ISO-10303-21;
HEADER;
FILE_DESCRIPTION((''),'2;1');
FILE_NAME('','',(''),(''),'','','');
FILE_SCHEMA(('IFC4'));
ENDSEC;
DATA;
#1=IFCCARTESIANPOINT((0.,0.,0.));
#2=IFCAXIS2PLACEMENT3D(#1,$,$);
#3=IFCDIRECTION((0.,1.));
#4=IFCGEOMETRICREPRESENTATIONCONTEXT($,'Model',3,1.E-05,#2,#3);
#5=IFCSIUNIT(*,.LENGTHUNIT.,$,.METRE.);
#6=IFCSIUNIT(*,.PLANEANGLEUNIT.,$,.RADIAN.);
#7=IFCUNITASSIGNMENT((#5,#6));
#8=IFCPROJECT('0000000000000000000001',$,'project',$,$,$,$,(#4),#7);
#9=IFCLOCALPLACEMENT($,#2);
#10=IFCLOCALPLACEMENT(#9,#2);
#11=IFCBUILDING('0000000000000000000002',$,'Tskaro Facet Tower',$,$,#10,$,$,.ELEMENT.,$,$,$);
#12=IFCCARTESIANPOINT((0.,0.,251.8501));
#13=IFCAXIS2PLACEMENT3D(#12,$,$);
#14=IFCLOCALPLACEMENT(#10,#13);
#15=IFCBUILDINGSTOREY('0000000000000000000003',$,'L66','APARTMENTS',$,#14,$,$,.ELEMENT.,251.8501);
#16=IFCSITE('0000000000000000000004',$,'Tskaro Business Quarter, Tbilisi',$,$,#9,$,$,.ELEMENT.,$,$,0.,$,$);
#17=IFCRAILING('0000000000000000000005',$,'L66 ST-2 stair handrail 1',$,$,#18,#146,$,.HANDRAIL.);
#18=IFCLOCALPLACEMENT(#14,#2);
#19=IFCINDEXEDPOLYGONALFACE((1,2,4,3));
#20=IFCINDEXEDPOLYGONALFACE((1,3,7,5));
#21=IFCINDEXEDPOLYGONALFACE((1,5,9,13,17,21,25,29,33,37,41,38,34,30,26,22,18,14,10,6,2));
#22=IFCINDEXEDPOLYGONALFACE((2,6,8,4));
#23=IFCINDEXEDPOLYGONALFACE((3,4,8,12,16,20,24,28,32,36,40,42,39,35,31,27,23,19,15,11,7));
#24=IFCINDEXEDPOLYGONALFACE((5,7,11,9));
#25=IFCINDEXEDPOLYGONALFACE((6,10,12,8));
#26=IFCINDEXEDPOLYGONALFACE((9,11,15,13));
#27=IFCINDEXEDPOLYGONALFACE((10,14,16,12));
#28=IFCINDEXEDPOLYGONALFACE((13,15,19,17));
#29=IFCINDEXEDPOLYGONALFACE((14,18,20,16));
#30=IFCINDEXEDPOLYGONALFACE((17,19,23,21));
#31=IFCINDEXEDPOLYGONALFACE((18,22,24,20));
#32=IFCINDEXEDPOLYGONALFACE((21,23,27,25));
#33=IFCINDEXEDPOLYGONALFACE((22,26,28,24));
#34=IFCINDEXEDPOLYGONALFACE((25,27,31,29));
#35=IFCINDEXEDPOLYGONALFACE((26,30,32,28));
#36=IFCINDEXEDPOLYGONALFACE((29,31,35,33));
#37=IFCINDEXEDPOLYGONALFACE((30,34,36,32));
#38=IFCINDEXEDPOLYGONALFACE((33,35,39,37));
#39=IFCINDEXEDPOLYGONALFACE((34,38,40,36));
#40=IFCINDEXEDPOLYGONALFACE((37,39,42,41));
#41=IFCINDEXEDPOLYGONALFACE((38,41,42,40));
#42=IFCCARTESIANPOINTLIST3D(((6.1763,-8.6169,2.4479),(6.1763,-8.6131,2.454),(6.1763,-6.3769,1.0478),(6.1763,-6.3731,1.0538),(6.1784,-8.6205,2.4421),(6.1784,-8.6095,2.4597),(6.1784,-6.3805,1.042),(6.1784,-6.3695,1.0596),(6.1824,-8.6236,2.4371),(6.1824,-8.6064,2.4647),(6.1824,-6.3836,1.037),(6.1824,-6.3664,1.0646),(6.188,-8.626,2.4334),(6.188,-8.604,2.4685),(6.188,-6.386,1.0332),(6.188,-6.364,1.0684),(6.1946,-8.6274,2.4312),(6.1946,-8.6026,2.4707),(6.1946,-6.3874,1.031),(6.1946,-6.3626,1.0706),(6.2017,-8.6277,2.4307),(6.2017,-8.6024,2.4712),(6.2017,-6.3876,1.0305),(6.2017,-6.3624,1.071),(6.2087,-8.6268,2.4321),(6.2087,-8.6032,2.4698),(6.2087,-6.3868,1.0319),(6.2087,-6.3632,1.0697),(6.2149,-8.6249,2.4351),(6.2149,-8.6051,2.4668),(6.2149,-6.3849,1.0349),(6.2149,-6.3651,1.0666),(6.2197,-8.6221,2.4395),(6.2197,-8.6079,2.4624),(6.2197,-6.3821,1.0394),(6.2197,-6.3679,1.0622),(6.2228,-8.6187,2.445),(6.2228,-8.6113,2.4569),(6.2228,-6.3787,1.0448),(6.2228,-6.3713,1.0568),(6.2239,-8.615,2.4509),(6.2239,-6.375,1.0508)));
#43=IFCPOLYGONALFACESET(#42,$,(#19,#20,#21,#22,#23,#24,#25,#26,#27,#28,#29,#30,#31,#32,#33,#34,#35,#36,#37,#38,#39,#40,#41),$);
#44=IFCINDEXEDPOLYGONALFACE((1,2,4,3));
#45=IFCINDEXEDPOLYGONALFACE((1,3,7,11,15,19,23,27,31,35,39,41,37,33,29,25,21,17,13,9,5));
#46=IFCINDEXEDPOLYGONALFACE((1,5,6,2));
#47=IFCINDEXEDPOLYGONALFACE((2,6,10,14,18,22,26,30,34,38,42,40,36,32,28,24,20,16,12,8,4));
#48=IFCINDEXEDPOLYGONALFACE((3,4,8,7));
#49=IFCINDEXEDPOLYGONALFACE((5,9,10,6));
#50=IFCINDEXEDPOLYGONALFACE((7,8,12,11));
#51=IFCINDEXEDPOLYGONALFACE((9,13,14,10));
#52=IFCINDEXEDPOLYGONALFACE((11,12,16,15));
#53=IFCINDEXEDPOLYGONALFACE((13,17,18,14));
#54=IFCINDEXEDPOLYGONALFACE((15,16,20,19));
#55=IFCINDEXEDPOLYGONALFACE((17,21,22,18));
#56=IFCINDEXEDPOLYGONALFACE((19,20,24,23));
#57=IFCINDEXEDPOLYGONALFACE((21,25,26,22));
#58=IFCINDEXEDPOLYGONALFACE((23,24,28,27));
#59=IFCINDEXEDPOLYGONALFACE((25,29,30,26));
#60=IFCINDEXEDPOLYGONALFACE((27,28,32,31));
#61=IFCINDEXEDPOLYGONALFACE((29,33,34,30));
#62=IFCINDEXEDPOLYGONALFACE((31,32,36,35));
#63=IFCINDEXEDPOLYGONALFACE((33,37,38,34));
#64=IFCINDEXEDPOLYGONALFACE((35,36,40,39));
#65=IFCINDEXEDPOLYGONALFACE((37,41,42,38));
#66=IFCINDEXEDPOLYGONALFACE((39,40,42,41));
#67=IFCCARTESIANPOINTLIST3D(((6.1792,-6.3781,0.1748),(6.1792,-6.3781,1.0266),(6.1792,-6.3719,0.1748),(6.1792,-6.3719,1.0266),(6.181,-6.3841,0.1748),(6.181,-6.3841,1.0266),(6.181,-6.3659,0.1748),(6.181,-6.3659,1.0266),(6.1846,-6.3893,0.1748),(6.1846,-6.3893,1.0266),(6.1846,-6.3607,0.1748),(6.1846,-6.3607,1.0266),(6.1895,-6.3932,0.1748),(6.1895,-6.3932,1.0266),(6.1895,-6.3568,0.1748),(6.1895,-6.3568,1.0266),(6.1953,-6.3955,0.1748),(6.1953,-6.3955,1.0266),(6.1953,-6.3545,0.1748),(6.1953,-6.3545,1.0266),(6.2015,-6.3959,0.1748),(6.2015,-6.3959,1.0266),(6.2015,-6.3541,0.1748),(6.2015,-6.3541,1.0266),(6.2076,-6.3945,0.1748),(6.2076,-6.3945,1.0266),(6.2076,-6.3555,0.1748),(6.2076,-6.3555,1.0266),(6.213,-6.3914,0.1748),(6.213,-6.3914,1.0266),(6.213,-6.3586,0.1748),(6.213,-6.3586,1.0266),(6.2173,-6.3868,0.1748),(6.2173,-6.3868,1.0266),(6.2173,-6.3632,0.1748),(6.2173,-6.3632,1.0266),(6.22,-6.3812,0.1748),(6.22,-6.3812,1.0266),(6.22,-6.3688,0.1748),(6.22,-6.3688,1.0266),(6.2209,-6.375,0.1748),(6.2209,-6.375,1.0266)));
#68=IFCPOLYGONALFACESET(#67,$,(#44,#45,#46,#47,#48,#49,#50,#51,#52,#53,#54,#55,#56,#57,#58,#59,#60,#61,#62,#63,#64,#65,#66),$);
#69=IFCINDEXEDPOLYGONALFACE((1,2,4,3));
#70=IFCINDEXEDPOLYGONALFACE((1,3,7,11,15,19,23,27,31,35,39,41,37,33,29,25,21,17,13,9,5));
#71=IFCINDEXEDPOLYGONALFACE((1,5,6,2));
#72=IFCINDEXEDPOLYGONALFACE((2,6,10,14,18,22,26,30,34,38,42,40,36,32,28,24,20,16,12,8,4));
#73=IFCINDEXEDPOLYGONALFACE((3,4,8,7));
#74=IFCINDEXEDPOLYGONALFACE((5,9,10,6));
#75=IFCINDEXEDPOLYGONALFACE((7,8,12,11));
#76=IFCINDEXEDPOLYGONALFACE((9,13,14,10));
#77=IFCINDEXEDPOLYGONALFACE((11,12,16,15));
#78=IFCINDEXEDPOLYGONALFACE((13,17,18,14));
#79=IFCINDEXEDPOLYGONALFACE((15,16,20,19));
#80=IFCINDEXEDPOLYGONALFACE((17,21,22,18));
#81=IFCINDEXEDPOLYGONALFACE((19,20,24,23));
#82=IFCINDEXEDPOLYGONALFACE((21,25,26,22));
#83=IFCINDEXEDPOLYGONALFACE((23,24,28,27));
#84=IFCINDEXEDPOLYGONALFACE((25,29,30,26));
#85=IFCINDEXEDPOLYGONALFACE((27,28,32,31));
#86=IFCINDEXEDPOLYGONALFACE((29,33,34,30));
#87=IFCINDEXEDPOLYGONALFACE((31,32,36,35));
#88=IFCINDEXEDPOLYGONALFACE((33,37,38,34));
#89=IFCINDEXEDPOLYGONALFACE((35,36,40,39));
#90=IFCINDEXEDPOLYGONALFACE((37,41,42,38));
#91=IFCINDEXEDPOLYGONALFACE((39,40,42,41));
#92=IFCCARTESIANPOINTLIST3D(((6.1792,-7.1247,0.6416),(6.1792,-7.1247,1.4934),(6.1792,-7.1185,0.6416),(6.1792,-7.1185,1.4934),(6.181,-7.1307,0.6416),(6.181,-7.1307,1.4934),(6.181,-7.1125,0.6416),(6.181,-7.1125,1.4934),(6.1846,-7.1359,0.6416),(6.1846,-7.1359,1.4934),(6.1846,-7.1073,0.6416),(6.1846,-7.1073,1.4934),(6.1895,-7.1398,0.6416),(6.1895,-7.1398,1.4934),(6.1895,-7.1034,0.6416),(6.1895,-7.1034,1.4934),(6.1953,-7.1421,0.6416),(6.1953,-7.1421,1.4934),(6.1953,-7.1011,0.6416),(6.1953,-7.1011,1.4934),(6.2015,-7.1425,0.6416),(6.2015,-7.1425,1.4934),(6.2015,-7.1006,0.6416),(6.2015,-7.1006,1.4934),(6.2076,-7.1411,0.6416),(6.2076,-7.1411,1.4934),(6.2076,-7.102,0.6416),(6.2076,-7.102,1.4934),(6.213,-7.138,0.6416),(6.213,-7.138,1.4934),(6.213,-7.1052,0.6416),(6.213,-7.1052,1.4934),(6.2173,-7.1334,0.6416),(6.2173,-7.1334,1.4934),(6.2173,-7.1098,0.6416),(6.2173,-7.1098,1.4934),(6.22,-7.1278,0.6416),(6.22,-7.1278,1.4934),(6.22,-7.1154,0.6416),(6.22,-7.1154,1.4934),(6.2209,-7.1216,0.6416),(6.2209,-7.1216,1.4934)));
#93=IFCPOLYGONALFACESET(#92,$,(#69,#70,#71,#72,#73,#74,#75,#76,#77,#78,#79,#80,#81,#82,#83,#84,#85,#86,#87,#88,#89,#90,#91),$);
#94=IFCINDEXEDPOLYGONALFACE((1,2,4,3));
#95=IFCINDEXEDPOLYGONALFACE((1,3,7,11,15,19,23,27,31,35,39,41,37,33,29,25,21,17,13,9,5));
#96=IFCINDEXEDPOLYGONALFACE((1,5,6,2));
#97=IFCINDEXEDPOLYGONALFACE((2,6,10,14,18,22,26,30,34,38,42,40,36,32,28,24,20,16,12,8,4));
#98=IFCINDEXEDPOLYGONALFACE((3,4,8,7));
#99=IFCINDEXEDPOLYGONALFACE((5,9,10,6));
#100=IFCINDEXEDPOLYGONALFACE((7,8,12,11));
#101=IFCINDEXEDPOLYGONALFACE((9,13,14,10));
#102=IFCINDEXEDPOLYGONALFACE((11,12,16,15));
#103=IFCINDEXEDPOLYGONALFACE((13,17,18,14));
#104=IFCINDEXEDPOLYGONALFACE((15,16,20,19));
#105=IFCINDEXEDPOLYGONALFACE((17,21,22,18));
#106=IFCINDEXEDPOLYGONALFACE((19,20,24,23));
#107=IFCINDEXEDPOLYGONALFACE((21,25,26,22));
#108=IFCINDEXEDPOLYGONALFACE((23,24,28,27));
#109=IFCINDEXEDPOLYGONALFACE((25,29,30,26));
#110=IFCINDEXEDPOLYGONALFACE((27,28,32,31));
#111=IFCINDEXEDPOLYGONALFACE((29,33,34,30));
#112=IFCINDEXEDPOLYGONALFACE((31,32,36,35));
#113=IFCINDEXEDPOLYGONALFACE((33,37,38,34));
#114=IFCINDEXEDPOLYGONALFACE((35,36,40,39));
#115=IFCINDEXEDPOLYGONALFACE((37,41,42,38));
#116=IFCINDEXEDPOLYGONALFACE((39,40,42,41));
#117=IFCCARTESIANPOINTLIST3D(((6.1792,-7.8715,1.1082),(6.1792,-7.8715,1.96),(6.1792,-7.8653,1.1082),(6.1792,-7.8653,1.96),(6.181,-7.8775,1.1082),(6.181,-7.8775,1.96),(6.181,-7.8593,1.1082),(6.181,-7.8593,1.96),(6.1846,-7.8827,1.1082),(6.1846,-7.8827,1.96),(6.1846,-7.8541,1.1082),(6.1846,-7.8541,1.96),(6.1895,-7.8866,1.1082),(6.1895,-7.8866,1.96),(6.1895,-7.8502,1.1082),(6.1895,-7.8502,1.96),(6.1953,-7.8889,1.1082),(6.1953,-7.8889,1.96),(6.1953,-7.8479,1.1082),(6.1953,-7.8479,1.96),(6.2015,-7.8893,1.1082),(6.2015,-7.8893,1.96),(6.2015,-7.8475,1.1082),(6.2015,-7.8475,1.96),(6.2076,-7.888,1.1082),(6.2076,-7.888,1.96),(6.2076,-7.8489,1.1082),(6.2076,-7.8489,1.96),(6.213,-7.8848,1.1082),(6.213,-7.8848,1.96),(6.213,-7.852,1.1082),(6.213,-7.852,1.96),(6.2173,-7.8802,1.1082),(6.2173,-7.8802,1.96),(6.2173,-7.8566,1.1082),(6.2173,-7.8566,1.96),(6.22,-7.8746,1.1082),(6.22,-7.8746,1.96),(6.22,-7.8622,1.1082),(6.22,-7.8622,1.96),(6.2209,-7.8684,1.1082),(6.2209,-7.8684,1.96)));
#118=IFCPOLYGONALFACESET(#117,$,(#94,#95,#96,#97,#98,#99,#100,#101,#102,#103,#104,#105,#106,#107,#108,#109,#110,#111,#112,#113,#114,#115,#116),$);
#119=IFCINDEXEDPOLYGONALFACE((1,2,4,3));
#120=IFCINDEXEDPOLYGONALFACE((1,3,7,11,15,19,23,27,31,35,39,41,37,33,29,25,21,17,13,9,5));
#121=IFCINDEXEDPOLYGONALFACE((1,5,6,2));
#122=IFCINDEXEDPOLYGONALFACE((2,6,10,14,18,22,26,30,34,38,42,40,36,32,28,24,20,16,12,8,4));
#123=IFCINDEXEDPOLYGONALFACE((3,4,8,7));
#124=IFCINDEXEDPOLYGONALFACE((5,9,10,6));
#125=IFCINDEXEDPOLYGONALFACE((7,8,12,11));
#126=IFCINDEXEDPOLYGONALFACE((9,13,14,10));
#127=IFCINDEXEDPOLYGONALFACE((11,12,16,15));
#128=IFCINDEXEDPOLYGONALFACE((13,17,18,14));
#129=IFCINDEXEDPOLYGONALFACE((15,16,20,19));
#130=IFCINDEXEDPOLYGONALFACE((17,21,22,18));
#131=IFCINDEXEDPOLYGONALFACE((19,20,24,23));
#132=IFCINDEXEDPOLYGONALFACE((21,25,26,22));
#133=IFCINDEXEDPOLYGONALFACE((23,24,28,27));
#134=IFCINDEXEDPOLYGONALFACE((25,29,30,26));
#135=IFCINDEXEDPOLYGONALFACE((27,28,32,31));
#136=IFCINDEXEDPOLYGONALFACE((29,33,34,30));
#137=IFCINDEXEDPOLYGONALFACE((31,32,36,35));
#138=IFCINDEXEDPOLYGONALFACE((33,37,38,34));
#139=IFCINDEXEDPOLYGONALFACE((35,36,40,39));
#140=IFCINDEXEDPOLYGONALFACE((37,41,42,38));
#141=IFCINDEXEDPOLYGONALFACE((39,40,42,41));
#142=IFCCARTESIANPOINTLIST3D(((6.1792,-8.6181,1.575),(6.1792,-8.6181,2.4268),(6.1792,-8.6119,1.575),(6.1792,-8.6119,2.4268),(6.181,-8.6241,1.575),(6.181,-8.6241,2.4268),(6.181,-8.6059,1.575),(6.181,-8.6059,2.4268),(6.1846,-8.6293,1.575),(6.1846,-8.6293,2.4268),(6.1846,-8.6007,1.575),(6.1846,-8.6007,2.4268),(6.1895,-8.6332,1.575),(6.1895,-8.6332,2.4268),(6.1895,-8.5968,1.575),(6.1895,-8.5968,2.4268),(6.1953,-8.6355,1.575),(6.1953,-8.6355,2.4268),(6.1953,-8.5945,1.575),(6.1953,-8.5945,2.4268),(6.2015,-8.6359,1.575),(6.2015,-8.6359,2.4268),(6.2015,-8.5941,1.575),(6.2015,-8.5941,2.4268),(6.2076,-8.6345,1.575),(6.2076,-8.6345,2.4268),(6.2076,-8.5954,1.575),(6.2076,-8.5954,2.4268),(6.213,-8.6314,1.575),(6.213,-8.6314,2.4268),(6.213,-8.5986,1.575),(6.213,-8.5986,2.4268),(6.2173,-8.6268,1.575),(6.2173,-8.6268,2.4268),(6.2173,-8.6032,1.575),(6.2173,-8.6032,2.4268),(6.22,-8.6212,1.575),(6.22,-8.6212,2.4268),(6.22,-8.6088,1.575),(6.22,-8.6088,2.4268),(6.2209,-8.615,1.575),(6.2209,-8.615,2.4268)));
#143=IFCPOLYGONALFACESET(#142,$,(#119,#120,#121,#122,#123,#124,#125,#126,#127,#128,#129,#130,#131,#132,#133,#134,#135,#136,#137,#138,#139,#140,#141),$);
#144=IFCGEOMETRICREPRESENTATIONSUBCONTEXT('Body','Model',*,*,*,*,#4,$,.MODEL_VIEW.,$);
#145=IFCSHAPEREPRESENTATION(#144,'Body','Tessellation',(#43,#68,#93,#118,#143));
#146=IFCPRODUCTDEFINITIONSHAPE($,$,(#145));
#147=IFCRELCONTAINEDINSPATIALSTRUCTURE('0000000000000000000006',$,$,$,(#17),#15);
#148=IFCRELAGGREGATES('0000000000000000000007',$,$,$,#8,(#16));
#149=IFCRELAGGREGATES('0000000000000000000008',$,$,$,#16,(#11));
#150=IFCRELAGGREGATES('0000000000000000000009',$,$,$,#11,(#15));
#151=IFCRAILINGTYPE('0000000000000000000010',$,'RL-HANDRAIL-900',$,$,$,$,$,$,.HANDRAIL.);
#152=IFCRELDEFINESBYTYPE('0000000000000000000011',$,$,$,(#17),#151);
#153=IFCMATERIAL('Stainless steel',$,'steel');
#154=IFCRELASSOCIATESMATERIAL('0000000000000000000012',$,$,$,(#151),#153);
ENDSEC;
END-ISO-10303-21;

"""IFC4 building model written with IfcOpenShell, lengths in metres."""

from ifc_helpers import new_model, si_unit, direction, frame, origin, origin_2d, place, context, subcontext, project, spatial, circle, extrude, material, type_object, element, save


model = new_model("IFC4")

# Units and contexts
model_context = context("Model", 3, precision=1e-05, world=origin(), true_north=direction((0.0, 1.0)))
body_context = subcontext(model_context, "Body", "Model", "MODEL_VIEW")
ifc_project = project(units=[si_unit("LENGTHUNIT", "METRE"), si_unit("PLANEANGLEUNIT", "RADIAN")], contexts=[model_context])

# Site, building, storey
site_placement = place(None, origin())
site = spatial("IfcSite", under=ifc_project, at=site_placement, Name="Tskaro Business Quarter, Tbilisi", CompositionType="ELEMENT", RefElevation=0.0)
building_placement = place(site_placement, origin())
building = spatial("IfcBuilding", under=site, at=building_placement, Name="Tskaro Facet Tower", CompositionType="ELEMENT")
storey_placement = place(building_placement, frame((0.0, 0.0, 251.8501)))
storey = spatial("IfcBuildingStorey", under=building, at=storey_placement, Name="L66", Description="APARTMENTS", CompositionType="ELEMENT", Elevation=251.8501)

# Railing
ifc_material_1 = material(Name="Stainless steel", Category="steel")
railing_type_1 = type_object("IfcRailingType", Name="RL-HANDRAIL-900", PredefinedType="HANDRAIL", material=ifc_material_1)
railing_1_placement = place(storey_placement, frame((6.2, -6.375, 0.1748)))
element("IfcRailing", 1, at=railing_1_placement, inside=storey, type_object=railing_type_1, Name="L66 ST-2 stair handrail 1", PredefinedType="HANDRAIL", context=body_context, shape_type="SweptSolid", body=[
    extrude(circle(Radius=0.0239, at=origin_2d()), frame((0.0, 0.0, 0.876), z_axis=(0.0, -0.847972, 0.53004), x_axis=(1.0, 0.0, 0.0)), (0.0, 0.0, 1.0), 2.6416),
    extrude(circle(Radius=0.021, at=origin_2d()), origin(), (0.0, 0.0, 1.0), 0.8518),
    extrude(circle(Radius=0.021, at=origin_2d()), frame((0.0, -0.7466, 0.4668)), (0.0, 0.0, 1.0), 0.8518),
    extrude(circle(Radius=0.021, at=origin_2d()), frame((0.0, -1.4934, 0.9333)), (0.0, 0.0, 1.0), 0.8518),
    extrude(circle(Radius=0.021, at=origin_2d()), frame((0.0, -2.24, 1.4001)), (0.0, 0.0, 1.0), 0.8518),
])

save(model, "model.ifc")
